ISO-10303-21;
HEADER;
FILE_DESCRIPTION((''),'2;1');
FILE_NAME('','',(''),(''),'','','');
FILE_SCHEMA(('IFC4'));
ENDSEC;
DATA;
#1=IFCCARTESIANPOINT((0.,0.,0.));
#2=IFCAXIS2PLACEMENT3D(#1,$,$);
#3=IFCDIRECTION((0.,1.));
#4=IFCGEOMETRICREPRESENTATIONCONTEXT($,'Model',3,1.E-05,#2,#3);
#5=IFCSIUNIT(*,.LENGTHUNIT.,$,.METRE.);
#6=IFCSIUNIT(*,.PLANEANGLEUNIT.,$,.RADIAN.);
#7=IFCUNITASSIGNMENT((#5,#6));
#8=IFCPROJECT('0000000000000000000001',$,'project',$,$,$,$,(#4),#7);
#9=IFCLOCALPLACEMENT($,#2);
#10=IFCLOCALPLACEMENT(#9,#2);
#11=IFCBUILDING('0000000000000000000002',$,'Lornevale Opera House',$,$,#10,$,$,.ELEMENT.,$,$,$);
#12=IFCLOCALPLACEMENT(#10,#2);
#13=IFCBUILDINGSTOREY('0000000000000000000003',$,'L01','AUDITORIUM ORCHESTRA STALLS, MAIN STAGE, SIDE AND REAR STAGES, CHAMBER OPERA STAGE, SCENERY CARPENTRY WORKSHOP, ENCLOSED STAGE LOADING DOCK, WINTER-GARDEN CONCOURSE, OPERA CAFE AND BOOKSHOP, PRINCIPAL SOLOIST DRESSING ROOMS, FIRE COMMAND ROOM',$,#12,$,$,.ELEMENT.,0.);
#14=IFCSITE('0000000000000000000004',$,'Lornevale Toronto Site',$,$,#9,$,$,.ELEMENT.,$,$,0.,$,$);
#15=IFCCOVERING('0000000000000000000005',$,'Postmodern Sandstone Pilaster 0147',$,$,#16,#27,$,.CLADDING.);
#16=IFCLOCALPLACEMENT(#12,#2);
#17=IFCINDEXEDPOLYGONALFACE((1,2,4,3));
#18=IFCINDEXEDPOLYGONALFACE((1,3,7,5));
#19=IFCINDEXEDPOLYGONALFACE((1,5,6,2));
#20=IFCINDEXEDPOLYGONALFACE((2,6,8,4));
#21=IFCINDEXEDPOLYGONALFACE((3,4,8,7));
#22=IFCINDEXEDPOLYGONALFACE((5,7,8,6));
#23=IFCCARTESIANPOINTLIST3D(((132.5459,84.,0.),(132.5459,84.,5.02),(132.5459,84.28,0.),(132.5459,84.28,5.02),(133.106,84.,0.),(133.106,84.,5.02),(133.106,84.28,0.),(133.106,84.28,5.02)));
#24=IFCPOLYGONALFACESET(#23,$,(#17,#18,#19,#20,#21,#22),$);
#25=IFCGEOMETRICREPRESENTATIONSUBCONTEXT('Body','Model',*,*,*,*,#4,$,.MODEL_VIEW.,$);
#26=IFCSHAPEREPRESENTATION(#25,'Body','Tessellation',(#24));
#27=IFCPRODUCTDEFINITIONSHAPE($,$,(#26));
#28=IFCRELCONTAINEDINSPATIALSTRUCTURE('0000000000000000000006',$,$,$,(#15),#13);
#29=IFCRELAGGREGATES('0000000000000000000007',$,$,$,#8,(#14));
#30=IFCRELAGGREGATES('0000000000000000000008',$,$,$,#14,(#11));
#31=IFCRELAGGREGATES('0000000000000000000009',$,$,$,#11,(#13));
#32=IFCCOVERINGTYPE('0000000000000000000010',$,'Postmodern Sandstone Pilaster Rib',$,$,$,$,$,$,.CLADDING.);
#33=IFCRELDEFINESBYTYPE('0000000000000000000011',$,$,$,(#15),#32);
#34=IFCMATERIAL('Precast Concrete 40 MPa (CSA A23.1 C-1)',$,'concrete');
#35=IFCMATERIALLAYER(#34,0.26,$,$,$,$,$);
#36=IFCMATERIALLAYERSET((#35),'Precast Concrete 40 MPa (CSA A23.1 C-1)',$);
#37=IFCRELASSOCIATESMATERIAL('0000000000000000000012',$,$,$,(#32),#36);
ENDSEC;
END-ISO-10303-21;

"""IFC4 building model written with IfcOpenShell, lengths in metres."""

from ifc_helpers import new_model, si_unit, direction, origin, place, context, subcontext, project, spatial, polyline, outline, extrude, material, layer, layer_set, type_object, element, save


model = new_model("IFC4")

# Units and contexts
model_context = context("Model", 3, precision=1e-05, world=origin(), true_north=direction((0.0, 1.0)))
body_context = subcontext(model_context, "Body", "Model", "MODEL_VIEW")
ifc_project = project(units=[si_unit("LENGTHUNIT", "METRE"), si_unit("PLANEANGLEUNIT", "RADIAN")], contexts=[model_context])

# Site, building, storey
site_placement = place(None, origin())
site = spatial("IfcSite", under=ifc_project, at=site_placement, Name="Lornevale Toronto Site", CompositionType="ELEMENT", RefElevation=0.0)
building_placement = place(site_placement, origin())
building = spatial("IfcBuilding", under=site, at=building_placement, Name="Lornevale Opera House", CompositionType="ELEMENT")
storey_placement = place(building_placement, origin())
storey = spatial("IfcBuildingStorey", under=building, at=storey_placement, Name="L01", Description="AUDITORIUM ORCHESTRA STALLS, MAIN STAGE, SIDE AND REAR STAGES, CHAMBER OPERA STAGE, SCENERY CARPENTRY WORKSHOP, ENCLOSED STAGE LOADING DOCK, WINTER-GARDEN CONCOURSE, OPERA CAFE AND BOOKSHOP, PRINCIPAL SOLOIST DRESSING ROOMS, FIRE COMMAND ROOM", CompositionType="ELEMENT", Elevation=0.0)

# Covering
ifc_material = material(Name="Precast Concrete 40 MPa (CSA A23.1 C-1)", Category="concrete")
ifc_layer = layer(ifc_material, 0.26)
ifc_layer_set = layer_set([ifc_layer], Name="Precast Concrete 40 MPa (CSA A23.1 C-1)")
covering_type = type_object("IfcCoveringType", Name="Postmodern Sandstone Pilaster Rib", PredefinedType="CLADDING", material=ifc_layer_set)
covering_1_placement = place(storey_placement, origin())
element("IfcCovering", 1, at=covering_1_placement, inside=storey, type_object=covering_type, Name="Postmodern Sandstone Pilaster 0147", PredefinedType="CLADDING", context=body_context, shape_type="SweptSolid", body=[
    extrude(outline(polyline([(132.5459, 84.0), (133.106, 84.0), (133.106, 84.28), (132.5459, 84.28), (132.5459, 84.0)])), origin(), (0.0, 0.0, 1.0), 5.02),
])

save(model, "model.ifc")
